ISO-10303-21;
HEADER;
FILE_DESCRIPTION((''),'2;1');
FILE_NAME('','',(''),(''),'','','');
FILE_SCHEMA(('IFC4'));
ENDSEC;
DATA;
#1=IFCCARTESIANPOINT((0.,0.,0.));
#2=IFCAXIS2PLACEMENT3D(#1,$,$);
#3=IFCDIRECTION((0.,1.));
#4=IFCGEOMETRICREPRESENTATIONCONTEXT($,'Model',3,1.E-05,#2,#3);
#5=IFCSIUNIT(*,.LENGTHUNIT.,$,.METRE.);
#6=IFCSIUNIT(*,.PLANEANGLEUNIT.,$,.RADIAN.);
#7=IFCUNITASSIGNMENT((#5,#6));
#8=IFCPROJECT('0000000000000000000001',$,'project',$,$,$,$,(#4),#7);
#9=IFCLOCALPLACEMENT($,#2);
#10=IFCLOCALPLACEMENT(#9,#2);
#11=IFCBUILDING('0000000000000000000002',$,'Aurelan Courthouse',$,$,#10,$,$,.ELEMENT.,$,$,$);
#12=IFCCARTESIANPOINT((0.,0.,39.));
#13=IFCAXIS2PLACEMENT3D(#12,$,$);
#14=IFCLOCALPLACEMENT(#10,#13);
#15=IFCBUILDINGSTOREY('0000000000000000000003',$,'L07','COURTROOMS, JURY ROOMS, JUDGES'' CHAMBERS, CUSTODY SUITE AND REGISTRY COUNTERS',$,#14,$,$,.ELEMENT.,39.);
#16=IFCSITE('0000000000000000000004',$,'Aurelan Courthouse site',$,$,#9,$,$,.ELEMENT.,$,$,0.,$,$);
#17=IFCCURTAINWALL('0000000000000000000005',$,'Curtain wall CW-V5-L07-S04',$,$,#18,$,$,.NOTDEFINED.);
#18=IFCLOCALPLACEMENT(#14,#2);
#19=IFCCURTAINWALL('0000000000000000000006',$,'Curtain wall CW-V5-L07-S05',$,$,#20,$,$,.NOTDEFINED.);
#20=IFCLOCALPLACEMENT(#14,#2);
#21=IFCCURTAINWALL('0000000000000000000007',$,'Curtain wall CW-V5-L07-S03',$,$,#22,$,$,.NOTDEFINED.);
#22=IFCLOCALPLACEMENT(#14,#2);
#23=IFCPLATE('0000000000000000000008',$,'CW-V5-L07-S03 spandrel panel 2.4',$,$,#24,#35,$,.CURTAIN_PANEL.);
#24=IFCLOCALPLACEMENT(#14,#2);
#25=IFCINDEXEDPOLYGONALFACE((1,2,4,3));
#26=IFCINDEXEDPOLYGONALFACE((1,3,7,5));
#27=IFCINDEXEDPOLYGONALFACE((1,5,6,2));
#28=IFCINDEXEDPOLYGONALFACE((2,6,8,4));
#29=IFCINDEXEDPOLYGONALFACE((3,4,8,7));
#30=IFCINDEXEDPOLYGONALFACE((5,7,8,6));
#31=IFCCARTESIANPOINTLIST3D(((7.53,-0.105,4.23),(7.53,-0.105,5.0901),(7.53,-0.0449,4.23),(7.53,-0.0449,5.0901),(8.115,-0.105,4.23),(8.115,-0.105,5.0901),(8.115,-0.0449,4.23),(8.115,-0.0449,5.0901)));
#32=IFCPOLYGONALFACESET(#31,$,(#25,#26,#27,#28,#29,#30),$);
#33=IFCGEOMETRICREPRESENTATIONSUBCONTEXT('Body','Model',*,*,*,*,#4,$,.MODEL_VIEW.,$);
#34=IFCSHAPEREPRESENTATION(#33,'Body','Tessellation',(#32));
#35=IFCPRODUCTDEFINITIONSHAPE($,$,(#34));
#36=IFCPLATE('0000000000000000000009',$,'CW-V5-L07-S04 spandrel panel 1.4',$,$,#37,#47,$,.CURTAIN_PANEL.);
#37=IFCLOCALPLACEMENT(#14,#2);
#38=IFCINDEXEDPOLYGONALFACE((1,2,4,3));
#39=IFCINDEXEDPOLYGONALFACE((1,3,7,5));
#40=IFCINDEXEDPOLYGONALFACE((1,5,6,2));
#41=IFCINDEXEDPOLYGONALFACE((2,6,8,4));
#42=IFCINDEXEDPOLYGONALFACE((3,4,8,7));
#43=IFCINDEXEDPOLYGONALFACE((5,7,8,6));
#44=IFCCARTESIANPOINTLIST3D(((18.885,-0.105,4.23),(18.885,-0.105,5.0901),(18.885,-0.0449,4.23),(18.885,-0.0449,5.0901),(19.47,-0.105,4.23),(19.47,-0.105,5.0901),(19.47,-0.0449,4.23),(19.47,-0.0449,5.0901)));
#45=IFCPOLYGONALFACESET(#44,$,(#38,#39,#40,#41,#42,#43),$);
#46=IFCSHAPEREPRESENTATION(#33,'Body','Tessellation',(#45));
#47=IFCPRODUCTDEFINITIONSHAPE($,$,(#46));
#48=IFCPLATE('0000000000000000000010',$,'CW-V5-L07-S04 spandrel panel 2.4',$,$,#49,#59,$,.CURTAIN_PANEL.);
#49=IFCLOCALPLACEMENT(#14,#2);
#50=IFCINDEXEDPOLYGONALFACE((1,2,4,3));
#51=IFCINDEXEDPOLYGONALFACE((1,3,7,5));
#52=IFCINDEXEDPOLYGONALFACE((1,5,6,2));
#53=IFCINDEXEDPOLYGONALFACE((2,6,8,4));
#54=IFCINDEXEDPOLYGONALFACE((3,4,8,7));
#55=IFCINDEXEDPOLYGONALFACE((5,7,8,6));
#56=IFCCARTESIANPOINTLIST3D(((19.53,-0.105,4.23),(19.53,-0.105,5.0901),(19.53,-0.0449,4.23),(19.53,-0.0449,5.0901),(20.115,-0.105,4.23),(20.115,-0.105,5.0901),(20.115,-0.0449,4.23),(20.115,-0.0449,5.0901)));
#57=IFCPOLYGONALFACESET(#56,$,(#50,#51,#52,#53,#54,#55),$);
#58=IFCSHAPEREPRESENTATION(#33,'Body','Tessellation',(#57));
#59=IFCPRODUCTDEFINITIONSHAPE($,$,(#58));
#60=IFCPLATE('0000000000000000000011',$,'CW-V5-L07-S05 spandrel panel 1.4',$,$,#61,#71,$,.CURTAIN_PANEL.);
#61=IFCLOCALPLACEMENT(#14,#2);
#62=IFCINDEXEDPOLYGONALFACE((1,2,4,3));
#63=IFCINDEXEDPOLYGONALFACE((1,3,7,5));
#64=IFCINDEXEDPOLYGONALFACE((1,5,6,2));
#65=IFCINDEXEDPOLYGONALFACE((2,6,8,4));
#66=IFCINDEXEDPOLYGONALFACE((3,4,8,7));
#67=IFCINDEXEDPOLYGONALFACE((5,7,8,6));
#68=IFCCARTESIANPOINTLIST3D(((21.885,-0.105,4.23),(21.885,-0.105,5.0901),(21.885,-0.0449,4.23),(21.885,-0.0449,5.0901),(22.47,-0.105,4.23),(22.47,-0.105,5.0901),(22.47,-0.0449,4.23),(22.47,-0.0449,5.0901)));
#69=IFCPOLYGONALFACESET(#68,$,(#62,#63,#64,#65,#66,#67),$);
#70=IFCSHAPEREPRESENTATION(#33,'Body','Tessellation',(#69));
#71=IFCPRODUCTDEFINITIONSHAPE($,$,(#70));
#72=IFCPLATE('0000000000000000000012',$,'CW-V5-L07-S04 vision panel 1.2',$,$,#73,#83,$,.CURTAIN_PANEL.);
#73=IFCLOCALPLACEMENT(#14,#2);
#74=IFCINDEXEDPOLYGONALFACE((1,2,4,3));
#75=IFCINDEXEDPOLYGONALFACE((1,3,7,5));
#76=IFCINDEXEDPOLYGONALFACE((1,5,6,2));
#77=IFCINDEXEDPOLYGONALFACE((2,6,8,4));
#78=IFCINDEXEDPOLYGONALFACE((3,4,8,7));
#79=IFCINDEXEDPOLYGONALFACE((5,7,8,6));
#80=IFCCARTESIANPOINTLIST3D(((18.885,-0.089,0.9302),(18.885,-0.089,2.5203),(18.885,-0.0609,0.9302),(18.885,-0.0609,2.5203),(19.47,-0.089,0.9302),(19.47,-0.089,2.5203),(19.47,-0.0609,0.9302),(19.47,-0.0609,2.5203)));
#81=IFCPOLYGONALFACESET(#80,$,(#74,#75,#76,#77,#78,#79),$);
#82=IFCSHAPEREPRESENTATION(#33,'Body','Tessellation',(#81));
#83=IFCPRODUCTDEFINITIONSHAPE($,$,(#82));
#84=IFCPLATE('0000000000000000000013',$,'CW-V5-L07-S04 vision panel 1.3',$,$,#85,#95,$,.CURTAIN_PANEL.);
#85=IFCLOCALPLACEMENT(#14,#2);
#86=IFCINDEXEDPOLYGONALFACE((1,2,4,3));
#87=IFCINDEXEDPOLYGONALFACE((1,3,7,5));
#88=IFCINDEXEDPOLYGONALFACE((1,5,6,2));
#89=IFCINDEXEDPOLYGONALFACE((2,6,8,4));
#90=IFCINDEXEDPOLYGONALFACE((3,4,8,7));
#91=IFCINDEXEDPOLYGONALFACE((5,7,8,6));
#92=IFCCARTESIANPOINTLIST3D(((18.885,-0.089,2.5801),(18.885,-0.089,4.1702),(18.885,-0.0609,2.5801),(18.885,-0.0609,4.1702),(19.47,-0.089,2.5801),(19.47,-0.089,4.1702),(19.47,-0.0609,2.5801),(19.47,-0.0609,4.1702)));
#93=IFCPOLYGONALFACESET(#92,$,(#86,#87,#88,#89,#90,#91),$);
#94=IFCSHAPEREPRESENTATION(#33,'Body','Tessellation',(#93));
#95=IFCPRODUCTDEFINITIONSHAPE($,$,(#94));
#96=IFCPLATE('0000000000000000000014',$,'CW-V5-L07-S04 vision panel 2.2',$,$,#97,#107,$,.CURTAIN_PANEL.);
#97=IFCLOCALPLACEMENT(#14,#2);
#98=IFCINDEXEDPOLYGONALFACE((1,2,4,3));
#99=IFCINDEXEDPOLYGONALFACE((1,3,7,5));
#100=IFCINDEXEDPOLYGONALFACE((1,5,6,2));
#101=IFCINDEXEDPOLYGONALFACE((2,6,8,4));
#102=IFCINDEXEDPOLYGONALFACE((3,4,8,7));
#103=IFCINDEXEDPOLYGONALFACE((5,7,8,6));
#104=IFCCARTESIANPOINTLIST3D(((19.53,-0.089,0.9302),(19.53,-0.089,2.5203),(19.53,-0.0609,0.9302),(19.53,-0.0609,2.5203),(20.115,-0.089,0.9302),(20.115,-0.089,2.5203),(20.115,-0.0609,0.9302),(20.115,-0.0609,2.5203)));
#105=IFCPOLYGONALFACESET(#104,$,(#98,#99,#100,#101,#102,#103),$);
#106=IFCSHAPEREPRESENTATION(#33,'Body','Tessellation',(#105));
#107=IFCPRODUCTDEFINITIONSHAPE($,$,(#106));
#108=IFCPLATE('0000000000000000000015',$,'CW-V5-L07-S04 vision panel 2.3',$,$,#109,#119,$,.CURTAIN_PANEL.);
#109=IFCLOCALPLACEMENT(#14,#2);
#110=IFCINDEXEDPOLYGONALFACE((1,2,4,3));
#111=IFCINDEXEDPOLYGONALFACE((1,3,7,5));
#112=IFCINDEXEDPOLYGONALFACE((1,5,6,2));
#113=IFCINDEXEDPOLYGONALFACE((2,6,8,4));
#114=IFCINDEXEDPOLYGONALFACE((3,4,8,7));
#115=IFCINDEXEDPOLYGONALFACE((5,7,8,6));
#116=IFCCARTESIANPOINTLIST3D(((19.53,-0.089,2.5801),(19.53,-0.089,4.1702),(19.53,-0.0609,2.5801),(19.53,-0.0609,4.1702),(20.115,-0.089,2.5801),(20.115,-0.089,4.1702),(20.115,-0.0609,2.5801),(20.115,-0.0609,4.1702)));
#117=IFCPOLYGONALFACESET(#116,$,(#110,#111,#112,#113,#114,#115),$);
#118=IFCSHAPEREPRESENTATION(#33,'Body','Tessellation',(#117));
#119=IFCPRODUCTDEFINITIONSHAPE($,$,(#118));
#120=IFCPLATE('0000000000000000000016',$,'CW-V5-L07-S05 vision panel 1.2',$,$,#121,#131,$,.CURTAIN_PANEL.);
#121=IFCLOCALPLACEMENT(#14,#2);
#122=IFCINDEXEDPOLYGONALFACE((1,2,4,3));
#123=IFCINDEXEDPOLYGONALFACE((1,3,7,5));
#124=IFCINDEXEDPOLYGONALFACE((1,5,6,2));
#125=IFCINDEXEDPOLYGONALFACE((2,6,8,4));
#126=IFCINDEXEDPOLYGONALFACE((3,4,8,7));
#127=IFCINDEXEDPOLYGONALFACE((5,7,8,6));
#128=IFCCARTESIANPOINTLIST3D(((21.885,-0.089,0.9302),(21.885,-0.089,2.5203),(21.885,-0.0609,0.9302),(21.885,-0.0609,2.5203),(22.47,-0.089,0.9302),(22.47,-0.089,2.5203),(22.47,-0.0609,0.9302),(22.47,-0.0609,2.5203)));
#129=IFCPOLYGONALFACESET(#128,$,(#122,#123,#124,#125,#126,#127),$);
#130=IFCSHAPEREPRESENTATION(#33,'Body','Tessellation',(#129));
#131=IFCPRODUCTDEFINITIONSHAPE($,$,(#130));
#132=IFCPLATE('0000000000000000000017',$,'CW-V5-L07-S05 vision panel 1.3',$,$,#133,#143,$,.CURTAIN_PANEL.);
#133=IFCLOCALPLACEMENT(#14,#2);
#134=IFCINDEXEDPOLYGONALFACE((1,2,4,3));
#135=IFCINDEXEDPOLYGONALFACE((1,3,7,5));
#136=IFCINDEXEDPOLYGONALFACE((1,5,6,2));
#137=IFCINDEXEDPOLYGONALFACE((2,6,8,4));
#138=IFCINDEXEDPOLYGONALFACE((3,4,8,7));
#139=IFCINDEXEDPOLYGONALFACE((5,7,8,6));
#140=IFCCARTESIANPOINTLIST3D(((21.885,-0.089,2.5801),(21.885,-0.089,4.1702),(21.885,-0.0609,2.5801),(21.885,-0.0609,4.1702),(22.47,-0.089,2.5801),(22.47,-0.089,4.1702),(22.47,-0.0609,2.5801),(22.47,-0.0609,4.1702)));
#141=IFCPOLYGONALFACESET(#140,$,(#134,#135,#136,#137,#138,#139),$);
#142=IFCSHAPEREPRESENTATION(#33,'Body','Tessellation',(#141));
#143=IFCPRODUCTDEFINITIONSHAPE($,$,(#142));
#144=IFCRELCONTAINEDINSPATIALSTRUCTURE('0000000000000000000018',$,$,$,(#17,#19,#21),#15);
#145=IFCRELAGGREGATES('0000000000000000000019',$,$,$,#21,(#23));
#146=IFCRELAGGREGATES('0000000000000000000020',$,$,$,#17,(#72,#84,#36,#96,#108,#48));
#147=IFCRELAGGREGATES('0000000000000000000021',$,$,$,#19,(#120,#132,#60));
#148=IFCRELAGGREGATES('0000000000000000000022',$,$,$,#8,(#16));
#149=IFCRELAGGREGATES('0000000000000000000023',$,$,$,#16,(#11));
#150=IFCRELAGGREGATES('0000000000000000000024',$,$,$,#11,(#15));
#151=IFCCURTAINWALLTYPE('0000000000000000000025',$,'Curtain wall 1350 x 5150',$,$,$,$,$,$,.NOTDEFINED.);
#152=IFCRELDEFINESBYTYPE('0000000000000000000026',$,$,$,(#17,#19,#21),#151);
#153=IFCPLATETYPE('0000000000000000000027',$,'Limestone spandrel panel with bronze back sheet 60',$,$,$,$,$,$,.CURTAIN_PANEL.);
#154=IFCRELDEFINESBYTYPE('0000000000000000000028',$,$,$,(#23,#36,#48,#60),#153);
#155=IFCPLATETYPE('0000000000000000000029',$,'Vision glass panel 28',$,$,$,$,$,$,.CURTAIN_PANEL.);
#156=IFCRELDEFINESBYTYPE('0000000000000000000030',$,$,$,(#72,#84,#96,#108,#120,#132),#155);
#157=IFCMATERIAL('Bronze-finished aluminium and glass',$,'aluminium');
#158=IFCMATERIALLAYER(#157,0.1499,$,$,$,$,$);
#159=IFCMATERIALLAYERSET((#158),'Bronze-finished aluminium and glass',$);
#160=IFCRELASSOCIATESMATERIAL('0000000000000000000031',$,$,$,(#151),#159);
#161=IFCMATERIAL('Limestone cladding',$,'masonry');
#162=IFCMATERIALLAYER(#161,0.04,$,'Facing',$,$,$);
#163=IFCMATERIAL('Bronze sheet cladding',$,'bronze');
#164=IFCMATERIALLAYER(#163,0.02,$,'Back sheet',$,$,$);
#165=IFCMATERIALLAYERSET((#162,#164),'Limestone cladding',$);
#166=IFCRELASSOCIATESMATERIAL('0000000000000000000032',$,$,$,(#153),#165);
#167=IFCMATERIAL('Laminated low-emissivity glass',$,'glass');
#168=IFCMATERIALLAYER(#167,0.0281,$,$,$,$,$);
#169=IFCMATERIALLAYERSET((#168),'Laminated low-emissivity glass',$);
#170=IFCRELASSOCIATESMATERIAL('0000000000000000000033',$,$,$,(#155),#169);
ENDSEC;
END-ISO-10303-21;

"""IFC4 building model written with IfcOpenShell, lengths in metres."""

from ifc_helpers import new_model, si_unit, direction, frame, origin, origin_2d, place, context, subcontext, project, spatial, rectangle, extrude, material, layer, layer_set, type_object, element, aggregate, save


model = new_model("IFC4")

# Units and contexts
model_context = context("Model", 3, precision=1e-05, world=origin(), true_north=direction((0.0, 1.0)))
body_context = subcontext(model_context, "Body", "Model", "MODEL_VIEW")
ifc_project = project(units=[si_unit("LENGTHUNIT", "METRE"), si_unit("PLANEANGLEUNIT", "RADIAN")], contexts=[model_context])

# Site, building, storey
site_placement = place(None, origin())
site = spatial("IfcSite", under=ifc_project, at=site_placement, Name="Aurelan Courthouse site", CompositionType="ELEMENT", RefElevation=0.0)
building_placement = place(site_placement, origin())
building = spatial("IfcBuilding", under=site, at=building_placement, Name="Aurelan Courthouse", CompositionType="ELEMENT")
storey_placement = place(building_placement, frame((0.0, 0.0, 39.0)))
storey = spatial("IfcBuildingStorey", under=building, at=storey_placement, Name="L07", Description="COURTROOMS, JURY ROOMS, JUDGES' CHAMBERS, CUSTODY SUITE AND REGISTRY COUNTERS", CompositionType="ELEMENT", Elevation=39.0)

# Curtain walls
ifc_material_1 = material(Name="Bronze-finished aluminium and glass", Category="aluminium")
ifc_layer_1 = layer(ifc_material_1, 0.1499)
ifc_layer_set_1 = layer_set([ifc_layer_1], Name="Bronze-finished aluminium and glass")
curtain_wall_type = type_object("IfcCurtainWallType", Name="Curtain wall 1350 x 5150", PredefinedType="NOTDEFINED", material=ifc_layer_set_1)
curtain_wall_1_placement = place(storey_placement, origin())
curtain_wall_1 = element("IfcCurtainWall", 1, at=curtain_wall_1_placement, inside=storey, type_object=curtain_wall_type, Name="Curtain wall CW-V5-L07-S04", PredefinedType="NOTDEFINED")
curtain_wall_2_placement = place(storey_placement, origin())
curtain_wall_2 = element("IfcCurtainWall", 2, at=curtain_wall_2_placement, inside=storey, type_object=curtain_wall_type, Name="Curtain wall CW-V5-L07-S05", PredefinedType="NOTDEFINED")

# Curtain wall, plate
curtain_wall_3_placement = place(storey_placement, origin())
curtain_wall_3 = element("IfcCurtainWall", 3, at=curtain_wall_3_placement, inside=storey, type_object=curtain_wall_type, Name="Curtain wall CW-V5-L07-S03", PredefinedType="NOTDEFINED")
ifc_material_2 = material(Name="Limestone cladding", Category="masonry")
ifc_layer_2 = layer(ifc_material_2, 0.04, Name="Facing")
ifc_material_3 = material(Name="Bronze sheet cladding", Category="bronze")
ifc_layer_3 = layer(ifc_material_3, 0.02, Name="Back sheet")
ifc_layer_set_2 = layer_set([ifc_layer_2, ifc_layer_3], Name="Limestone cladding")
plate_type_1 = type_object("IfcPlateType", Name="Limestone spandrel panel with bronze back sheet 60", PredefinedType="CURTAIN_PANEL", material=ifc_layer_set_2)
plate_1_placement = place(storey_placement, frame((7.8225, -0.075, 4.23), z_axis=(0.0, 0.0, 1.0), x_axis=(1.0, 0.0, 0.0)))
plate_1 = element("IfcPlate", 4, at=plate_1_placement, type_object=plate_type_1, Name="CW-V5-L07-S03 spandrel panel 2.4", PredefinedType="CURTAIN_PANEL", context=body_context, shape_type="SweptSolid", body=[
    extrude(rectangle(XDim=0.585, YDim=0.0601, at=origin_2d()), origin(), (0.0, 0.0, 1.0), 0.8601),
])
aggregate(curtain_wall_3, [plate_1])

# Plates
plate_2_placement = place(storey_placement, frame((19.1775, -0.075, 4.23), z_axis=(0.0, 0.0, 1.0), x_axis=(1.0, 0.0, 0.0)))
plate_2 = element("IfcPlate", 5, at=plate_2_placement, type_object=plate_type_1, Name="CW-V5-L07-S04 spandrel panel 1.4", PredefinedType="CURTAIN_PANEL", context=body_context, shape_type="SweptSolid", body=[
    extrude(rectangle(XDim=0.585, YDim=0.0601, at=origin_2d()), origin(), (0.0, 0.0, 1.0), 0.8601),
])
plate_3_placement = place(storey_placement, frame((19.8225, -0.075, 4.23), z_axis=(0.0, 0.0, 1.0), x_axis=(1.0, 0.0, 0.0)))
plate_3 = element("IfcPlate", 6, at=plate_3_placement, type_object=plate_type_1, Name="CW-V5-L07-S04 spandrel panel 2.4", PredefinedType="CURTAIN_PANEL", context=body_context, shape_type="SweptSolid", body=[
    extrude(rectangle(XDim=0.585, YDim=0.0601, at=origin_2d()), origin(), (0.0, 0.0, 1.0), 0.8601),
])
plate_4_placement = place(storey_placement, frame((22.1775, -0.075, 4.23), z_axis=(0.0, 0.0, 1.0), x_axis=(1.0, 0.0, 0.0)))
plate_4 = element("IfcPlate", 7, at=plate_4_placement, type_object=plate_type_1, Name="CW-V5-L07-S05 spandrel panel 1.4", PredefinedType="CURTAIN_PANEL", context=body_context, shape_type="SweptSolid", body=[
    extrude(rectangle(XDim=0.585, YDim=0.0601, at=origin_2d()), origin(), (0.0, 0.0, 1.0), 0.8601),
])
ifc_material_4 = material(Name="Laminated low-emissivity glass", Category="glass")
ifc_layer_4 = layer(ifc_material_4, 0.0281)
ifc_layer_set_3 = layer_set([ifc_layer_4], Name="Laminated low-emissivity glass")
plate_type_2 = type_object("IfcPlateType", Name="Vision glass panel 28", PredefinedType="CURTAIN_PANEL", material=ifc_layer_set_3)
plate_5_placement = place(storey_placement, frame((19.1775, -0.075, 0.9302), z_axis=(0.0, 0.0, 1.0), x_axis=(1.0, 0.0, 0.0)))
plate_5 = element("IfcPlate", 8, at=plate_5_placement, type_object=plate_type_2, Name="CW-V5-L07-S04 vision panel 1.2", PredefinedType="CURTAIN_PANEL", context=body_context, shape_type="SweptSolid", body=[
    extrude(rectangle(XDim=0.585, YDim=0.0281, at=origin_2d()), origin(), (0.0, 0.0, 1.0), 1.5901),
])
plate_6_placement = place(storey_placement, frame((19.1775, -0.075, 2.5801), z_axis=(0.0, 0.0, 1.0), x_axis=(1.0, 0.0, 0.0)))
plate_6 = element("IfcPlate", 9, at=plate_6_placement, type_object=plate_type_2, Name="CW-V5-L07-S04 vision panel 1.3", PredefinedType="CURTAIN_PANEL", context=body_context, shape_type="SweptSolid", body=[
    extrude(rectangle(XDim=0.585, YDim=0.0281, at=origin_2d()), origin(), (0.0, 0.0, 1.0), 1.5901),
])
plate_7_placement = place(storey_placement, frame((19.8225, -0.075, 0.9302), z_axis=(0.0, 0.0, 1.0), x_axis=(1.0, 0.0, 0.0)))
plate_7 = element("IfcPlate", 10, at=plate_7_placement, type_object=plate_type_2, Name="CW-V5-L07-S04 vision panel 2.2", PredefinedType="CURTAIN_PANEL", context=body_context, shape_type="SweptSolid", body=[
    extrude(rectangle(XDim=0.585, YDim=0.0281, at=origin_2d()), origin(), (0.0, 0.0, 1.0), 1.5901),
])
plate_8_placement = place(storey_placement, frame((19.8225, -0.075, 2.5801), z_axis=(0.0, 0.0, 1.0), x_axis=(1.0, 0.0, 0.0)))
plate_8 = element("IfcPlate", 11, at=plate_8_placement, type_object=plate_type_2, Name="CW-V5-L07-S04 vision panel 2.3", PredefinedType="CURTAIN_PANEL", context=body_context, shape_type="SweptSolid", body=[
    extrude(rectangle(XDim=0.585, YDim=0.0281, at=origin_2d()), origin(), (0.0, 0.0, 1.0), 1.5901),
])
aggregate(curtain_wall_1, [plate_5, plate_6, plate_2, plate_7, plate_8, plate_3])
plate_9_placement = place(storey_placement, frame((22.1775, -0.075, 0.9302), z_axis=(0.0, 0.0, 1.0), x_axis=(1.0, 0.0, 0.0)))
plate_9 = element("IfcPlate", 12, at=plate_9_placement, type_object=plate_type_2, Name="CW-V5-L07-S05 vision panel 1.2", PredefinedType="CURTAIN_PANEL", context=body_context, shape_type="SweptSolid", body=[
    extrude(rectangle(XDim=0.585, YDim=0.0281, at=origin_2d()), origin(), (0.0, 0.0, 1.0), 1.5901),
])
plate_10_placement = place(storey_placement, frame((22.1775, -0.075, 2.5801), z_axis=(0.0, 0.0, 1.0), x_axis=(1.0, 0.0, 0.0)))
plate_10 = element("IfcPlate", 13, at=plate_10_placement, type_object=plate_type_2, Name="CW-V5-L07-S05 vision panel 1.3", PredefinedType="CURTAIN_PANEL", context=body_context, shape_type="SweptSolid", body=[
    extrude(rectangle(XDim=0.585, YDim=0.0281, at=origin_2d()), origin(), (0.0, 0.0, 1.0), 1.5901),
])
aggregate(curtain_wall_2, [plate_9, plate_10, plate_4])

save(model, "model.ifc")
